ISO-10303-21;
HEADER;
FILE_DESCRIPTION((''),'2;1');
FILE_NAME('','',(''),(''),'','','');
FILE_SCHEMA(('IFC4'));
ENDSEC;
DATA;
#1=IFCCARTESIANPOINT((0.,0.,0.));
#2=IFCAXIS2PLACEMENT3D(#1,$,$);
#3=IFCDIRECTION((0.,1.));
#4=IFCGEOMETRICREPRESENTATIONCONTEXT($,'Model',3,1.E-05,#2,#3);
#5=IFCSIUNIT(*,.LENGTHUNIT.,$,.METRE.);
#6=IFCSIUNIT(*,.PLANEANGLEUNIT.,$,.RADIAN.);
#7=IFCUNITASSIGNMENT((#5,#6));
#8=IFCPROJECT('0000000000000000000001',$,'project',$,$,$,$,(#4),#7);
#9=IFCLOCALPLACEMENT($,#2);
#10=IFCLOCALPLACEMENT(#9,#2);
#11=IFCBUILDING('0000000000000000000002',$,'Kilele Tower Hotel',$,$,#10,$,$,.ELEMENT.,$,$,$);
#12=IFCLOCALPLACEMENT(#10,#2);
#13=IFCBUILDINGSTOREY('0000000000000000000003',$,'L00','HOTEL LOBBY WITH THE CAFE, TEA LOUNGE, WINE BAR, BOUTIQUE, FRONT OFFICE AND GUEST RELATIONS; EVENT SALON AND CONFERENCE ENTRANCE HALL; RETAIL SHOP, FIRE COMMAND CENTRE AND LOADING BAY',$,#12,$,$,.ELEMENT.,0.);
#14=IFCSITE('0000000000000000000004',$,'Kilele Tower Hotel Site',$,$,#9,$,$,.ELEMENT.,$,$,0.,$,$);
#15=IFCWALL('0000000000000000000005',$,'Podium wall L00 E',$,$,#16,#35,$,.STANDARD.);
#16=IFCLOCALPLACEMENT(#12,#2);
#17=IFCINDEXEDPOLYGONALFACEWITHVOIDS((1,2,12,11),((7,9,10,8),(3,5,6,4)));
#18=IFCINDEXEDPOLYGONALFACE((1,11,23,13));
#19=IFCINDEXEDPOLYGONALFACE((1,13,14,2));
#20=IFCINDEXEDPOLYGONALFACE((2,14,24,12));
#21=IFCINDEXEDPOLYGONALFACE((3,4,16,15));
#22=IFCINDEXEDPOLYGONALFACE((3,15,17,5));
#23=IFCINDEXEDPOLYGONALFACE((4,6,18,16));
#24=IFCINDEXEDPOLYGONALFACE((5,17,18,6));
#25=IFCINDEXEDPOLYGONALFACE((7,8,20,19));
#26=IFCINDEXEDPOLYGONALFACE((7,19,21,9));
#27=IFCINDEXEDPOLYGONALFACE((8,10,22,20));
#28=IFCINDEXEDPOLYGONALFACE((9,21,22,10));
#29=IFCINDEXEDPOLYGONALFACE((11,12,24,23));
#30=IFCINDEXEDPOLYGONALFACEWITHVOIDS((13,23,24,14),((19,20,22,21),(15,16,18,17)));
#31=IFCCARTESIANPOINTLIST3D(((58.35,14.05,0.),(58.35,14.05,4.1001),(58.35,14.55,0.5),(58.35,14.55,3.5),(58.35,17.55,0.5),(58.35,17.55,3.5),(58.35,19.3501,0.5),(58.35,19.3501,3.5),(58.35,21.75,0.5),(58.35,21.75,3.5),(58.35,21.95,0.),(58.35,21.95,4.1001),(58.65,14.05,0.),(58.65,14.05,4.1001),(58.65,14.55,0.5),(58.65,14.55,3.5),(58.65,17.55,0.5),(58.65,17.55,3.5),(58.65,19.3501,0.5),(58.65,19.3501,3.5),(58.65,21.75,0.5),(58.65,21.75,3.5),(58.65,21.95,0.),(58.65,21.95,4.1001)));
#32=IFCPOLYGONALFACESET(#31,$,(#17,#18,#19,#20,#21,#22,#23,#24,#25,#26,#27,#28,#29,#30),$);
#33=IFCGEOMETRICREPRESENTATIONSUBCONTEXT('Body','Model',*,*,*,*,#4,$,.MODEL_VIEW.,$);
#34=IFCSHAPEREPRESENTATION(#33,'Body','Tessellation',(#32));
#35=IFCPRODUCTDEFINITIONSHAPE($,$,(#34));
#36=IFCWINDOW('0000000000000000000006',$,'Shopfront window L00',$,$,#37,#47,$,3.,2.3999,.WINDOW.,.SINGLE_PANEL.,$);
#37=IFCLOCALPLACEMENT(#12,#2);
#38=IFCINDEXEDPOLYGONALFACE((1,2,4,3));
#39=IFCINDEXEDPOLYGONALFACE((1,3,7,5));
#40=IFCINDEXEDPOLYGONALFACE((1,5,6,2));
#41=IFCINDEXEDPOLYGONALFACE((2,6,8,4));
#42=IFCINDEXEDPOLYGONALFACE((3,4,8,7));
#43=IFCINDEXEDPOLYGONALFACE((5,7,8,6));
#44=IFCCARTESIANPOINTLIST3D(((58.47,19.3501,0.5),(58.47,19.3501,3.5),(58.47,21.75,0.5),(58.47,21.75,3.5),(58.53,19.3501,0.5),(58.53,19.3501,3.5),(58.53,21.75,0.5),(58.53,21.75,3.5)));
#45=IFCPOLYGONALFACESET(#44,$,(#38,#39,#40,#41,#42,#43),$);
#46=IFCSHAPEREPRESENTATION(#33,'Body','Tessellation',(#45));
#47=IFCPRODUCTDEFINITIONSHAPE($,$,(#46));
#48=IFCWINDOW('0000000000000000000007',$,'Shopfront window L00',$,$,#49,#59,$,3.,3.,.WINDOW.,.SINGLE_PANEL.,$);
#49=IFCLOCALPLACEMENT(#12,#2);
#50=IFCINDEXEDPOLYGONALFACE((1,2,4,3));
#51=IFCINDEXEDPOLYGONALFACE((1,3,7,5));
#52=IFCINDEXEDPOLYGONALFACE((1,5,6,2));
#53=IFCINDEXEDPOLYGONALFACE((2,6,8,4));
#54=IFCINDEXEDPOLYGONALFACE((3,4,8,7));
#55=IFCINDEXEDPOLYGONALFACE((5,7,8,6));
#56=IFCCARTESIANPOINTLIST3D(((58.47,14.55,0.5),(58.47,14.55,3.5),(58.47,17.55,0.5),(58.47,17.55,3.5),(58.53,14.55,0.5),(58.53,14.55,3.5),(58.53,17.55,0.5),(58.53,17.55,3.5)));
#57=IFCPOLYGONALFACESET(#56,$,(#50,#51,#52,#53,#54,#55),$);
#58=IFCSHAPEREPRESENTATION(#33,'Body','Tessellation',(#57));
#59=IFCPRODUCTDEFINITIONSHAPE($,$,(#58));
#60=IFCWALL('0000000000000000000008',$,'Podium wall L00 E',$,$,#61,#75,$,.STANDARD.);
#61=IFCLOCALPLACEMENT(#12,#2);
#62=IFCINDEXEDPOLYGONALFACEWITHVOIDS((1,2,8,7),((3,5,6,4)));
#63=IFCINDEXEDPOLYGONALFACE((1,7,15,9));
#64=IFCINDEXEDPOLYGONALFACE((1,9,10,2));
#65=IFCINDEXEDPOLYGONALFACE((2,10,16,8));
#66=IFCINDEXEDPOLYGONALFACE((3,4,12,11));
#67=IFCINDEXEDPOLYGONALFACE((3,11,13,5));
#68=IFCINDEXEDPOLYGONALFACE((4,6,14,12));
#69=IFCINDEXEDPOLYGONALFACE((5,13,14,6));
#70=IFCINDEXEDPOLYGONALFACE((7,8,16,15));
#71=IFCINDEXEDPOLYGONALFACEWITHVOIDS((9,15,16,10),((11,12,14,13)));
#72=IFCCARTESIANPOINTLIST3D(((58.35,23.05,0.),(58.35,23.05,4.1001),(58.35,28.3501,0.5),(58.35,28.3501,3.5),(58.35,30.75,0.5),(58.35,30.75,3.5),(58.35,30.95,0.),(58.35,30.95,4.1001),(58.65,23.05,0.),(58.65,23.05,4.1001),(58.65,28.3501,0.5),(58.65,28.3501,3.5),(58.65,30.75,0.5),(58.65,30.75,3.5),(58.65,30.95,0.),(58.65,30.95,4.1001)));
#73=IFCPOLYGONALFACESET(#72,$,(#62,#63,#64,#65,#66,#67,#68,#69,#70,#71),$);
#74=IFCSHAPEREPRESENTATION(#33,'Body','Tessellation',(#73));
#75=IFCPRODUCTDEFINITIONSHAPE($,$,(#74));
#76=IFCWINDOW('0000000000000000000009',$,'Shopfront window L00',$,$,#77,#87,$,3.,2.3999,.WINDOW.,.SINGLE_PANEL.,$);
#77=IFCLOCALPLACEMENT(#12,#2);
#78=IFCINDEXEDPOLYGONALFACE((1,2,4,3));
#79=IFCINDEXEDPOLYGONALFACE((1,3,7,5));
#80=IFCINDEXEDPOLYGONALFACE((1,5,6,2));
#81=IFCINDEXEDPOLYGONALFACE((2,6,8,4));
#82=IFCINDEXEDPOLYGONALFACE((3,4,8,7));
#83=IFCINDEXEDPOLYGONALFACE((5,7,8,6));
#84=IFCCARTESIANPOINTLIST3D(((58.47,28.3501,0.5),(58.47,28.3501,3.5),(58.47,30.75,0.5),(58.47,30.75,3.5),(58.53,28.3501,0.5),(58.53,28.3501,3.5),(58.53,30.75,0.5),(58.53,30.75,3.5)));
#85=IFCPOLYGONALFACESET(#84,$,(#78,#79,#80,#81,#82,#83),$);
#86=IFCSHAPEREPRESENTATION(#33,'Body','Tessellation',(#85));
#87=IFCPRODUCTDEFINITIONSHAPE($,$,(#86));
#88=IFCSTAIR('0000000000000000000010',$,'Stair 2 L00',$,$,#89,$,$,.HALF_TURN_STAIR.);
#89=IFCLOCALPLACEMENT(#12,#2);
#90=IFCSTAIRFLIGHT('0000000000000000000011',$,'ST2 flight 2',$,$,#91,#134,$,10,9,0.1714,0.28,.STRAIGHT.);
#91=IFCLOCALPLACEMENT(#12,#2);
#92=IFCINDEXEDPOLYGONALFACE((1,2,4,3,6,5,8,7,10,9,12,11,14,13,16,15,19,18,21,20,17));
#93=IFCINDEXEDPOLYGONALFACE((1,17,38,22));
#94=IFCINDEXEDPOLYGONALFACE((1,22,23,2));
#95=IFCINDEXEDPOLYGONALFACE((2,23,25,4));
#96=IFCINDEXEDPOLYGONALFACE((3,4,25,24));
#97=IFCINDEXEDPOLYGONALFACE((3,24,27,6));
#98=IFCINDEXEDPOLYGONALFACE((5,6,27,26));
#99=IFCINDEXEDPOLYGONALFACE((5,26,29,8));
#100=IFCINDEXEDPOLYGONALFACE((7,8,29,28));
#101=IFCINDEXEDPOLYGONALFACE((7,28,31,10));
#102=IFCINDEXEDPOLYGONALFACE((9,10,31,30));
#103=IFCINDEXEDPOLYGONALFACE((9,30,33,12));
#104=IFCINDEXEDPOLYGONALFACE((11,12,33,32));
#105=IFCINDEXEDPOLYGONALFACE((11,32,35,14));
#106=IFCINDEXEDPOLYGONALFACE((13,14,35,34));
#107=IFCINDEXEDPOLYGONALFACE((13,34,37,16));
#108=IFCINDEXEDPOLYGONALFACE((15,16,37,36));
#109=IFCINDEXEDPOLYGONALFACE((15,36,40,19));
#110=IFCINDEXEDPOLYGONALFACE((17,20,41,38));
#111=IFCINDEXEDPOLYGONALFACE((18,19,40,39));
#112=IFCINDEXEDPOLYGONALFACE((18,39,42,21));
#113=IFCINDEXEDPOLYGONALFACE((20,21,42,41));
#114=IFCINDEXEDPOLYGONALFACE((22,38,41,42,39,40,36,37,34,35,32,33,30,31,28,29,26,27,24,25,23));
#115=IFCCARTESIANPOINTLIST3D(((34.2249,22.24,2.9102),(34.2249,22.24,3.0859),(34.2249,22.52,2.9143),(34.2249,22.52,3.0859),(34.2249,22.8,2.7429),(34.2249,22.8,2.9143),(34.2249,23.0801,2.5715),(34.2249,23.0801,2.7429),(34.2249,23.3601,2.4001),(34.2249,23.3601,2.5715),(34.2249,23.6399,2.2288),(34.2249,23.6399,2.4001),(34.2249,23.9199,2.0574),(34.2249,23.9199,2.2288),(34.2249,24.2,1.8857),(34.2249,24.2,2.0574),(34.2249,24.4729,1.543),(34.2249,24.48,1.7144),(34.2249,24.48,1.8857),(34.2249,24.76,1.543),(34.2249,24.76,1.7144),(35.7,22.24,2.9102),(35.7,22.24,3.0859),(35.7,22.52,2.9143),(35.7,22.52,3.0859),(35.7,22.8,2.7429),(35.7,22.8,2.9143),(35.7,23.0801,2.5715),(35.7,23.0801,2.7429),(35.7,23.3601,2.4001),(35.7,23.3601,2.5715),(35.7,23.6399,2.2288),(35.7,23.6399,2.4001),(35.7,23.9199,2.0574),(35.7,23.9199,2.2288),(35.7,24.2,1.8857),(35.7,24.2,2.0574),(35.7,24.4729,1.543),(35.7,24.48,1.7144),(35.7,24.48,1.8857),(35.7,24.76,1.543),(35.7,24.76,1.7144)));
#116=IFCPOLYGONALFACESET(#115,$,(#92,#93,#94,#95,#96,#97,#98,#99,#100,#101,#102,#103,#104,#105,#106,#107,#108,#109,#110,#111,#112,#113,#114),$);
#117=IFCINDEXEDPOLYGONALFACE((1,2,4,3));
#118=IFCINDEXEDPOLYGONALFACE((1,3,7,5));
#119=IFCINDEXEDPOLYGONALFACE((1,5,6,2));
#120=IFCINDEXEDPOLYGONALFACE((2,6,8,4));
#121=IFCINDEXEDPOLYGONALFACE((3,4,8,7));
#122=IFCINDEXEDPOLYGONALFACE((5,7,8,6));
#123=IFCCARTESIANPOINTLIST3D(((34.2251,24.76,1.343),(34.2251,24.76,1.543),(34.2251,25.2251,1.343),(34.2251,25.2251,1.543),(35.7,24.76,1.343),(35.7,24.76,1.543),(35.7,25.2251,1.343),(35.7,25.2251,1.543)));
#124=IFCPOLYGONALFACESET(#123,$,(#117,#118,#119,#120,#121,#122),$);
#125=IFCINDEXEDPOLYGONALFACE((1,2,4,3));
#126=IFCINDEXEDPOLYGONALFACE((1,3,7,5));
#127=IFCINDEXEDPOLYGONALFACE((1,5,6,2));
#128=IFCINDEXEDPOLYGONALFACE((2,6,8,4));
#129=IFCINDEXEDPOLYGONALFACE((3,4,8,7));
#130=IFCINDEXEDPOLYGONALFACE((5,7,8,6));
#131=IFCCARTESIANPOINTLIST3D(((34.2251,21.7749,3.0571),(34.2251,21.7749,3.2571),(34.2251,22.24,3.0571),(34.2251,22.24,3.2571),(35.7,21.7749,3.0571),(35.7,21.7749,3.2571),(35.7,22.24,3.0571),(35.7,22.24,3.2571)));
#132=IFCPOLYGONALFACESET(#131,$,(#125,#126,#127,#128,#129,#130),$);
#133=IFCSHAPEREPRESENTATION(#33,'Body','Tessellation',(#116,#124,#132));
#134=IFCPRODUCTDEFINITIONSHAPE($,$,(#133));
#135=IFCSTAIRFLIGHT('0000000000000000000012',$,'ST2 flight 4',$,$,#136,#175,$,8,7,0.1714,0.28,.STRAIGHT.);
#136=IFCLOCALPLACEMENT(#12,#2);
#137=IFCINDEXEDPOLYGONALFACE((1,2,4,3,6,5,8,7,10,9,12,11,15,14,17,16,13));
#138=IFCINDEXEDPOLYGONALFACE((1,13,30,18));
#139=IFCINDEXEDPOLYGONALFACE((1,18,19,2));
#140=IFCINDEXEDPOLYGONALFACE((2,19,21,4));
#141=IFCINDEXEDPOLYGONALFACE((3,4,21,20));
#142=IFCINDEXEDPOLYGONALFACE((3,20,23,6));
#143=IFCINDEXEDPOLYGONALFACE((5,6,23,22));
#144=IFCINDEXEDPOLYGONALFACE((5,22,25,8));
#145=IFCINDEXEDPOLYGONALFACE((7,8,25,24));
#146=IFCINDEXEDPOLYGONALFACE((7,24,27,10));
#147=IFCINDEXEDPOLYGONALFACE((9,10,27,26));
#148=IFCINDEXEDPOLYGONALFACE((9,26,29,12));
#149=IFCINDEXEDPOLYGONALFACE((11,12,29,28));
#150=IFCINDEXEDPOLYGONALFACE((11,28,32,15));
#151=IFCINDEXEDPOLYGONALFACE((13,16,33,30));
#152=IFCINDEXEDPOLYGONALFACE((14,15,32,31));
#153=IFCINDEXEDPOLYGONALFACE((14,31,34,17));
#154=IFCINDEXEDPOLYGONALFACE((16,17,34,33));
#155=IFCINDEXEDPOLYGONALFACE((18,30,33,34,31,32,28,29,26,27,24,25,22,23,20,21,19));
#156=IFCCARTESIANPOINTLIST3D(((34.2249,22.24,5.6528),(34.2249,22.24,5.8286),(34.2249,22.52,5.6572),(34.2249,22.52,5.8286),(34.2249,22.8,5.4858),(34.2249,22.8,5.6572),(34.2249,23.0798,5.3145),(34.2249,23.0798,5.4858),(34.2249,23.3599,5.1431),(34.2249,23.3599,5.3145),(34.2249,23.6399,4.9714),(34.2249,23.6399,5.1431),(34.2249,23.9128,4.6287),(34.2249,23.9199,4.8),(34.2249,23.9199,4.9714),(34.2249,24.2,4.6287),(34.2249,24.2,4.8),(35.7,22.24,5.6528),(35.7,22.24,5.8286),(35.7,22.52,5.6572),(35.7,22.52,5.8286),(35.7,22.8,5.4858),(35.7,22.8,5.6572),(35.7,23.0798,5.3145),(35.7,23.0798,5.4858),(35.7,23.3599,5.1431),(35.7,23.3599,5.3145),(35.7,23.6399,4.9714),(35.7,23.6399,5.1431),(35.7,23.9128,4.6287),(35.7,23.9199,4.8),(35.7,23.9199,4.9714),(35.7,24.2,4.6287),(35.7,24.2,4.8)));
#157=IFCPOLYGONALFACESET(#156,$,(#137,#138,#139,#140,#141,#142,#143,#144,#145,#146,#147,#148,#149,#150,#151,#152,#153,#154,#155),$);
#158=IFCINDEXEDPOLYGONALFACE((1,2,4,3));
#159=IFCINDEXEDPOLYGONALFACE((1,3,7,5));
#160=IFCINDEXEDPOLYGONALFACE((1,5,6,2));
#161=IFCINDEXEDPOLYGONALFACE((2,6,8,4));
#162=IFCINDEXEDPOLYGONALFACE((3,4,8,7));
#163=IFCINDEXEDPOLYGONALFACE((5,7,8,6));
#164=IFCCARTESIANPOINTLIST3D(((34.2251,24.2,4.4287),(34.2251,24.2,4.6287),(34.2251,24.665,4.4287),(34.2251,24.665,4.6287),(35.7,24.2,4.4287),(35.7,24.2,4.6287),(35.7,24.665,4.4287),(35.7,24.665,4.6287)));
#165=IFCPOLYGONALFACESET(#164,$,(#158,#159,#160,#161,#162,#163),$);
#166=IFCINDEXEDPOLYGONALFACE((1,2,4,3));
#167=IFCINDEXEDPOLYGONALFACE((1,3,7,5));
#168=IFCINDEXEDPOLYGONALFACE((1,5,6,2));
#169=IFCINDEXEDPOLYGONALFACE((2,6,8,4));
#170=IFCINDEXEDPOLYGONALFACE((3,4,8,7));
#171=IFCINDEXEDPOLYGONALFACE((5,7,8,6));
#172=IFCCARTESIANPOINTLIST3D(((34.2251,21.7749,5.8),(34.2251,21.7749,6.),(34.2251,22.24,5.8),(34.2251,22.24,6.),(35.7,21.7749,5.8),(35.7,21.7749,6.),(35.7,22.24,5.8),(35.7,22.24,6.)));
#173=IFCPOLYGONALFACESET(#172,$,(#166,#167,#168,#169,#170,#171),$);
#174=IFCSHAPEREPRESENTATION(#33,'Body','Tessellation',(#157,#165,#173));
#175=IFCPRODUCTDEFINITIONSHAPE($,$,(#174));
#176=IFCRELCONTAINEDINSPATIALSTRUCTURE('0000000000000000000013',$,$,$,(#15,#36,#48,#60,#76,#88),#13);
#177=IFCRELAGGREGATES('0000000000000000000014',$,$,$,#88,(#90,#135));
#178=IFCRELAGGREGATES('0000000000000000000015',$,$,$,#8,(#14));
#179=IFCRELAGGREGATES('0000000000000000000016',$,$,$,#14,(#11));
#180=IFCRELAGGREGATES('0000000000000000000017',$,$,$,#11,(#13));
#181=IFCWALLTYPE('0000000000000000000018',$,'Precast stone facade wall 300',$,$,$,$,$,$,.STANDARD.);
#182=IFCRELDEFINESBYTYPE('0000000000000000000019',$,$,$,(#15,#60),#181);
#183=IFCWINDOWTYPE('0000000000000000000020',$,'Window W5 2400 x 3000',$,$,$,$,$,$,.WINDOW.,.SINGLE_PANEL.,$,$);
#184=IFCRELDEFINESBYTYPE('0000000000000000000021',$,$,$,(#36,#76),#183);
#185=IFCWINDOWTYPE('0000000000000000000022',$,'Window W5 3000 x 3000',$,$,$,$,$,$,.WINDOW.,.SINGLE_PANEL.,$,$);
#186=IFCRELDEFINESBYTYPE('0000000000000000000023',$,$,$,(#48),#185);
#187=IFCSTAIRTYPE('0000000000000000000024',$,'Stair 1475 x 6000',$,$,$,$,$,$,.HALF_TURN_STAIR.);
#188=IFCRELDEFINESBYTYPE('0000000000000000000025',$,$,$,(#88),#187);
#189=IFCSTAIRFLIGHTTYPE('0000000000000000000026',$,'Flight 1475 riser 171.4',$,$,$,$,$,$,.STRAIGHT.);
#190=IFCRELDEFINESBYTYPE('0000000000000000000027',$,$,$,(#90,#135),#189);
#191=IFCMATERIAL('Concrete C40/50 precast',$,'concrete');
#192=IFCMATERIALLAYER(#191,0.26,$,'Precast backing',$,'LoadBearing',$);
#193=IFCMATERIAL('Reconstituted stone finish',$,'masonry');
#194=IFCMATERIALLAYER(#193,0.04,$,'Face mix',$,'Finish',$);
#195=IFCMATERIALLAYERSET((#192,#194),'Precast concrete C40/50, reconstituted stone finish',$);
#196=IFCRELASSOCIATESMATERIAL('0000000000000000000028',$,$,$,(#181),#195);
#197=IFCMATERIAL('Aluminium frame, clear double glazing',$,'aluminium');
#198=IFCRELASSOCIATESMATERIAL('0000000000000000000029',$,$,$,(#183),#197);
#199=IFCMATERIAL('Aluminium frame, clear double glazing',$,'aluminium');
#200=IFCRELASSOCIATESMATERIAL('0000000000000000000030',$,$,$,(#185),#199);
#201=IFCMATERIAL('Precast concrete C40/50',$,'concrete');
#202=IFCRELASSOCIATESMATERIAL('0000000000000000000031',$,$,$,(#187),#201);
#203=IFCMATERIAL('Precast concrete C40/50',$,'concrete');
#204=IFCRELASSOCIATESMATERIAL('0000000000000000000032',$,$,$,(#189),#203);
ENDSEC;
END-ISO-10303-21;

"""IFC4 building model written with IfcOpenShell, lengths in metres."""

from ifc_helpers import new_model, si_unit, direction, frame, frame_2d, origin, place, context, subcontext, project, spatial, polyline, rectangle, outline, extrude, material, layer, layer_set, type_object, element, fill, aggregate, save


model = new_model("IFC4")

# Units and contexts
model_context = context("Model", 3, precision=1e-05, world=origin(), true_north=direction((0.0, 1.0)))
body_context = subcontext(model_context, "Body", "Model", "MODEL_VIEW")
ifc_project = project(units=[si_unit("LENGTHUNIT", "METRE"), si_unit("PLANEANGLEUNIT", "RADIAN")], contexts=[model_context])

# Site, building, storey
site_placement = place(None, origin())
site = spatial("IfcSite", under=ifc_project, at=site_placement, Name="Kilele Tower Hotel Site", CompositionType="ELEMENT", RefElevation=0.0)
building_placement = place(site_placement, origin())
building = spatial("IfcBuilding", under=site, at=building_placement, Name="Kilele Tower Hotel", CompositionType="ELEMENT")
storey_placement = place(building_placement, origin())
storey = spatial("IfcBuildingStorey", under=building, at=storey_placement, Name="L00", Description="HOTEL LOBBY WITH THE CAFE, TEA LOUNGE, WINE BAR, BOUTIQUE, FRONT OFFICE AND GUEST RELATIONS; EVENT SALON AND CONFERENCE ENTRANCE HALL; RETAIL SHOP, FIRE COMMAND CENTRE AND LOADING BAY", CompositionType="ELEMENT", Elevation=0.0)

# Wall, openings, windows
ifc_material_1 = material(Name="Concrete C40/50 precast", Category="concrete")
ifc_layer_1 = layer(ifc_material_1, 0.26, Name="Precast backing", Category="LoadBearing")
ifc_material_2 = material(Name="Reconstituted stone finish", Category="masonry")
ifc_layer_2 = layer(ifc_material_2, 0.04, Name="Face mix", Category="Finish")
ifc_layer_set_1 = layer_set([ifc_layer_1, ifc_layer_2], Name="Precast concrete C40/50, reconstituted stone finish")
wall_type_1 = type_object("IfcWallType", Name="Precast stone facade wall 300", PredefinedType="STANDARD", material=ifc_layer_set_1)
wall_1_placement = place(storey_placement, frame((58.5, 14.05, 0.0), z_axis=(0.0, 0.0, 1.0), x_axis=(0.0, 1.0, 0.0)))
wall_1 = element("IfcWall", 1, at=wall_1_placement, inside=storey, type_object=wall_type_1, Name="Podium wall L00 E", PredefinedType="STANDARD", context=body_context, shape_type="SweptSolid", body=[
    extrude(rectangle(XDim=7.8999, YDim=0.3, at=frame_2d((3.95, 0.0))), origin(), (0.0, 0.0, 1.0), 4.1001),
])
opening_1_placement = place(wall_1_placement, frame((0.5, 0.0, 0.5)))
opening_1 = element("IfcOpeningElement", 2, at=opening_1_placement, cuts=wall_1, PredefinedType="OPENING", context=body_context, shape_type="SweptSolid", body=[
    extrude(rectangle(XDim=3.0, YDim=3.0, at=frame_2d((1.5, 1.5))), frame((0.0, 0.1599, 0.0), z_axis=(0.0, -1.0, 0.0), x_axis=(1.0, 0.0, 0.0)), (0.0, 0.0, 1.0), 0.3201),
])
opening_2_placement = place(wall_1_placement, frame((5.3, 0.0, 0.5)))
opening_2 = element("IfcOpeningElement", 3, at=opening_2_placement, cuts=wall_1, PredefinedType="OPENING", context=body_context, shape_type="SweptSolid", body=[
    extrude(rectangle(XDim=2.3999, YDim=3.0, at=frame_2d((1.2, 1.5))), frame((0.0, 0.1599, 0.0), z_axis=(0.0, -1.0, 0.0), x_axis=(1.0, 0.0, 0.0)), (0.0, 0.0, 1.0), 0.3201),
])
ifc_material_3 = material(Name="Aluminium frame, clear double glazing", Category="aluminium")
window_type_1 = type_object("IfcWindowType", Name="Window W5 2400 x 3000", PartitioningType="SINGLE_PANEL", PredefinedType="WINDOW", material=ifc_material_3)
window_1_placement = place(opening_2_placement, origin())
window_1 = element("IfcWindow", 4, at=window_1_placement, inside=storey, type_object=window_type_1, Name="Shopfront window L00", OverallHeight=3.0, OverallWidth=2.3999, PartitioningType="SINGLE_PANEL", PredefinedType="WINDOW", context=body_context, shape_type="SweptSolid", body=[
    extrude(rectangle(XDim=2.3999, YDim=3.0, at=frame_2d((1.2, 1.5))), frame((0.0, 0.03, 0.0), z_axis=(0.0, -1.0, 0.0), x_axis=(1.0, 0.0, 0.0)), (0.0, 0.0, 1.0), 0.0601),
])
fill(opening_2, window_1)
ifc_material_4 = material(Name="Aluminium frame, clear double glazing", Category="aluminium")
window_type_2 = type_object("IfcWindowType", Name="Window W5 3000 x 3000", PartitioningType="SINGLE_PANEL", PredefinedType="WINDOW", material=ifc_material_4)
window_2_placement = place(opening_1_placement, origin())
window_2 = element("IfcWindow", 5, at=window_2_placement, inside=storey, type_object=window_type_2, Name="Shopfront window L00", OverallHeight=3.0, OverallWidth=3.0, PartitioningType="SINGLE_PANEL", PredefinedType="WINDOW", context=body_context, shape_type="SweptSolid", body=[
    extrude(rectangle(XDim=3.0, YDim=3.0, at=frame_2d((1.5, 1.5))), frame((0.0, 0.03, 0.0), z_axis=(0.0, -1.0, 0.0), x_axis=(1.0, 0.0, 0.0)), (0.0, 0.0, 1.0), 0.0601),
])
fill(opening_1, window_2)

# Wall, opening, window
wall_2_placement = place(storey_placement, frame((58.5, 23.05, 0.0), z_axis=(0.0, 0.0, 1.0), x_axis=(0.0, 1.0, 0.0)))
wall_2 = element("IfcWall", 6, at=wall_2_placement, inside=storey, type_object=wall_type_1, Name="Podium wall L00 E", PredefinedType="STANDARD", context=body_context, shape_type="SweptSolid", body=[
    extrude(rectangle(XDim=7.8999, YDim=0.3, at=frame_2d((3.95, 0.0))), origin(), (0.0, 0.0, 1.0), 4.1001),
])
opening_3_placement = place(wall_2_placement, frame((5.3, 0.0, 0.5)))
opening_3 = element("IfcOpeningElement", 7, at=opening_3_placement, cuts=wall_2, PredefinedType="OPENING", context=body_context, shape_type="SweptSolid", body=[
    extrude(rectangle(XDim=2.3999, YDim=3.0, at=frame_2d((1.2, 1.5))), frame((0.0, 0.1599, 0.0), z_axis=(0.0, -1.0, 0.0), x_axis=(1.0, 0.0, 0.0)), (0.0, 0.0, 1.0), 0.3201),
])
window_3_placement = place(opening_3_placement, origin())
window_3 = element("IfcWindow", 8, at=window_3_placement, inside=storey, type_object=window_type_1, Name="Shopfront window L00", OverallHeight=3.0, OverallWidth=2.3999, PartitioningType="SINGLE_PANEL", PredefinedType="WINDOW", context=body_context, shape_type="SweptSolid", body=[
    extrude(rectangle(XDim=2.3999, YDim=3.0, at=frame_2d((1.2, 1.5))), frame((0.0, 0.03, 0.0), z_axis=(0.0, -1.0, 0.0), x_axis=(1.0, 0.0, 0.0)), (0.0, 0.0, 1.0), 0.0601),
])
fill(opening_3, window_3)

# Stair, stair flights
ifc_material_5 = material(Name="Precast concrete C40/50", Category="concrete")
stair_type = type_object("IfcStairType", Name="Stair 1475 x 6000", PredefinedType="HALF_TURN_STAIR", material=ifc_material_5)
stair_placement = place(storey_placement, origin())
stair = element("IfcStair", 9, at=stair_placement, inside=storey, type_object=stair_type, Name="Stair 2 L00", PredefinedType="HALF_TURN_STAIR")
ifc_material_6 = material(Name="Precast concrete C40/50", Category="concrete")
stair_flight_type = type_object("IfcStairFlightType", Name="Flight 1475 riser 171.4", PredefinedType="STRAIGHT", material=ifc_material_6)
stair_flight_1_placement = place(storey_placement, frame((34.9624, 24.76, 1.543), z_axis=(0.0, 0.0, 1.0), x_axis=(0.0, -1.0, 0.0)))
stair_flight_1 = element("IfcStairFlight", 10, at=stair_flight_1_placement, type_object=stair_flight_type, Name="ST2 flight 2", NumberOfRisers=10, NumberOfTreads=9, PredefinedType="STRAIGHT", RiserHeight=0.1714, TreadLength=0.28, context=body_context, shape_type="SweptSolid", body=[
    extrude(outline(polyline([(0.0, 0.0), (0.0, 0.1714), (0.28, 0.1714), (0.28, 0.3428), (0.5601, 0.3428), (0.5601, 0.5144), (0.8401, 0.5144), (0.8401, 0.6858), (1.1201, 0.6858), (1.1201, 0.8572), (1.3999, 0.8572), (1.3999, 1.0286), (1.6799, 1.0286), (1.6799, 1.2), (1.96, 1.2), (1.96, 1.3713), (2.24, 1.3713), (2.24, 1.543), (2.52, 1.543), (2.52, 1.7144), (2.52, 1.3672), (0.2871, 0.0), (0.0, 0.0)])), frame((0.0, 0.7375, 0.0), z_axis=(0.0, -1.0, 0.0), x_axis=(1.0, 0.0, 0.0)), (0.0, 0.0, 1.0), 1.4751),
    extrude(outline(polyline([(0.0, -0.7373), (0.0, 0.7375), (-0.4651, 0.7375), (-0.4651, -0.7373), (0.0, -0.7373)])), frame((0.0, 0.0, -0.2)), (0.0, 0.0, 1.0), 0.2),
    extrude(outline(polyline([(2.9851, -0.7373), (2.9851, 0.7375), (2.52, 0.7375), (2.52, -0.7373), (2.9851, -0.7373)])), frame((0.0, 0.0, 1.5142)), (0.0, 0.0, 1.0), 0.2),
])
stair_flight_2_placement = place(storey_placement, frame((34.9624, 24.2, 4.6287), z_axis=(0.0, 0.0, 1.0), x_axis=(0.0, -1.0, 0.0)))
stair_flight_2 = element("IfcStairFlight", 11, at=stair_flight_2_placement, type_object=stair_flight_type, Name="ST2 flight 4", NumberOfRisers=8, NumberOfTreads=7, PredefinedType="STRAIGHT", RiserHeight=0.1714, TreadLength=0.28, context=body_context, shape_type="SweptSolid", body=[
    extrude(outline(polyline([(0.0, 0.0), (0.0, 0.1714), (0.28, 0.1714), (0.28, 0.3428), (0.5601, 0.3428), (0.5601, 0.5144), (0.8401, 0.5144), (0.8401, 0.6858), (1.1201, 0.6858), (1.1201, 0.8572), (1.3999, 0.8572), (1.3999, 1.0286), (1.6799, 1.0286), (1.6799, 1.2), (1.96, 1.2), (1.96, 1.3713), (1.96, 1.0242), (0.2871, 0.0), (0.0, 0.0)])), frame((0.0, 0.7375, 0.0), z_axis=(0.0, -1.0, 0.0), x_axis=(1.0, 0.0, 0.0)), (0.0, 0.0, 1.0), 1.4751),
    extrude(outline(polyline([(0.0, -0.7373), (0.0, 0.7375), (-0.4651, 0.7375), (-0.4651, -0.7373), (0.0, -0.7373)])), frame((0.0, 0.0, -0.2)), (0.0, 0.0, 1.0), 0.2),
    extrude(outline(polyline([(2.425, -0.7373), (2.425, 0.7375), (1.96, 0.7375), (1.96, -0.7373), (2.425, -0.7373)])), frame((0.0, 0.0, 1.1714)), (0.0, 0.0, 1.0), 0.2),
])
aggregate(stair, [stair_flight_1, stair_flight_2])

save(model, "model.ifc")
